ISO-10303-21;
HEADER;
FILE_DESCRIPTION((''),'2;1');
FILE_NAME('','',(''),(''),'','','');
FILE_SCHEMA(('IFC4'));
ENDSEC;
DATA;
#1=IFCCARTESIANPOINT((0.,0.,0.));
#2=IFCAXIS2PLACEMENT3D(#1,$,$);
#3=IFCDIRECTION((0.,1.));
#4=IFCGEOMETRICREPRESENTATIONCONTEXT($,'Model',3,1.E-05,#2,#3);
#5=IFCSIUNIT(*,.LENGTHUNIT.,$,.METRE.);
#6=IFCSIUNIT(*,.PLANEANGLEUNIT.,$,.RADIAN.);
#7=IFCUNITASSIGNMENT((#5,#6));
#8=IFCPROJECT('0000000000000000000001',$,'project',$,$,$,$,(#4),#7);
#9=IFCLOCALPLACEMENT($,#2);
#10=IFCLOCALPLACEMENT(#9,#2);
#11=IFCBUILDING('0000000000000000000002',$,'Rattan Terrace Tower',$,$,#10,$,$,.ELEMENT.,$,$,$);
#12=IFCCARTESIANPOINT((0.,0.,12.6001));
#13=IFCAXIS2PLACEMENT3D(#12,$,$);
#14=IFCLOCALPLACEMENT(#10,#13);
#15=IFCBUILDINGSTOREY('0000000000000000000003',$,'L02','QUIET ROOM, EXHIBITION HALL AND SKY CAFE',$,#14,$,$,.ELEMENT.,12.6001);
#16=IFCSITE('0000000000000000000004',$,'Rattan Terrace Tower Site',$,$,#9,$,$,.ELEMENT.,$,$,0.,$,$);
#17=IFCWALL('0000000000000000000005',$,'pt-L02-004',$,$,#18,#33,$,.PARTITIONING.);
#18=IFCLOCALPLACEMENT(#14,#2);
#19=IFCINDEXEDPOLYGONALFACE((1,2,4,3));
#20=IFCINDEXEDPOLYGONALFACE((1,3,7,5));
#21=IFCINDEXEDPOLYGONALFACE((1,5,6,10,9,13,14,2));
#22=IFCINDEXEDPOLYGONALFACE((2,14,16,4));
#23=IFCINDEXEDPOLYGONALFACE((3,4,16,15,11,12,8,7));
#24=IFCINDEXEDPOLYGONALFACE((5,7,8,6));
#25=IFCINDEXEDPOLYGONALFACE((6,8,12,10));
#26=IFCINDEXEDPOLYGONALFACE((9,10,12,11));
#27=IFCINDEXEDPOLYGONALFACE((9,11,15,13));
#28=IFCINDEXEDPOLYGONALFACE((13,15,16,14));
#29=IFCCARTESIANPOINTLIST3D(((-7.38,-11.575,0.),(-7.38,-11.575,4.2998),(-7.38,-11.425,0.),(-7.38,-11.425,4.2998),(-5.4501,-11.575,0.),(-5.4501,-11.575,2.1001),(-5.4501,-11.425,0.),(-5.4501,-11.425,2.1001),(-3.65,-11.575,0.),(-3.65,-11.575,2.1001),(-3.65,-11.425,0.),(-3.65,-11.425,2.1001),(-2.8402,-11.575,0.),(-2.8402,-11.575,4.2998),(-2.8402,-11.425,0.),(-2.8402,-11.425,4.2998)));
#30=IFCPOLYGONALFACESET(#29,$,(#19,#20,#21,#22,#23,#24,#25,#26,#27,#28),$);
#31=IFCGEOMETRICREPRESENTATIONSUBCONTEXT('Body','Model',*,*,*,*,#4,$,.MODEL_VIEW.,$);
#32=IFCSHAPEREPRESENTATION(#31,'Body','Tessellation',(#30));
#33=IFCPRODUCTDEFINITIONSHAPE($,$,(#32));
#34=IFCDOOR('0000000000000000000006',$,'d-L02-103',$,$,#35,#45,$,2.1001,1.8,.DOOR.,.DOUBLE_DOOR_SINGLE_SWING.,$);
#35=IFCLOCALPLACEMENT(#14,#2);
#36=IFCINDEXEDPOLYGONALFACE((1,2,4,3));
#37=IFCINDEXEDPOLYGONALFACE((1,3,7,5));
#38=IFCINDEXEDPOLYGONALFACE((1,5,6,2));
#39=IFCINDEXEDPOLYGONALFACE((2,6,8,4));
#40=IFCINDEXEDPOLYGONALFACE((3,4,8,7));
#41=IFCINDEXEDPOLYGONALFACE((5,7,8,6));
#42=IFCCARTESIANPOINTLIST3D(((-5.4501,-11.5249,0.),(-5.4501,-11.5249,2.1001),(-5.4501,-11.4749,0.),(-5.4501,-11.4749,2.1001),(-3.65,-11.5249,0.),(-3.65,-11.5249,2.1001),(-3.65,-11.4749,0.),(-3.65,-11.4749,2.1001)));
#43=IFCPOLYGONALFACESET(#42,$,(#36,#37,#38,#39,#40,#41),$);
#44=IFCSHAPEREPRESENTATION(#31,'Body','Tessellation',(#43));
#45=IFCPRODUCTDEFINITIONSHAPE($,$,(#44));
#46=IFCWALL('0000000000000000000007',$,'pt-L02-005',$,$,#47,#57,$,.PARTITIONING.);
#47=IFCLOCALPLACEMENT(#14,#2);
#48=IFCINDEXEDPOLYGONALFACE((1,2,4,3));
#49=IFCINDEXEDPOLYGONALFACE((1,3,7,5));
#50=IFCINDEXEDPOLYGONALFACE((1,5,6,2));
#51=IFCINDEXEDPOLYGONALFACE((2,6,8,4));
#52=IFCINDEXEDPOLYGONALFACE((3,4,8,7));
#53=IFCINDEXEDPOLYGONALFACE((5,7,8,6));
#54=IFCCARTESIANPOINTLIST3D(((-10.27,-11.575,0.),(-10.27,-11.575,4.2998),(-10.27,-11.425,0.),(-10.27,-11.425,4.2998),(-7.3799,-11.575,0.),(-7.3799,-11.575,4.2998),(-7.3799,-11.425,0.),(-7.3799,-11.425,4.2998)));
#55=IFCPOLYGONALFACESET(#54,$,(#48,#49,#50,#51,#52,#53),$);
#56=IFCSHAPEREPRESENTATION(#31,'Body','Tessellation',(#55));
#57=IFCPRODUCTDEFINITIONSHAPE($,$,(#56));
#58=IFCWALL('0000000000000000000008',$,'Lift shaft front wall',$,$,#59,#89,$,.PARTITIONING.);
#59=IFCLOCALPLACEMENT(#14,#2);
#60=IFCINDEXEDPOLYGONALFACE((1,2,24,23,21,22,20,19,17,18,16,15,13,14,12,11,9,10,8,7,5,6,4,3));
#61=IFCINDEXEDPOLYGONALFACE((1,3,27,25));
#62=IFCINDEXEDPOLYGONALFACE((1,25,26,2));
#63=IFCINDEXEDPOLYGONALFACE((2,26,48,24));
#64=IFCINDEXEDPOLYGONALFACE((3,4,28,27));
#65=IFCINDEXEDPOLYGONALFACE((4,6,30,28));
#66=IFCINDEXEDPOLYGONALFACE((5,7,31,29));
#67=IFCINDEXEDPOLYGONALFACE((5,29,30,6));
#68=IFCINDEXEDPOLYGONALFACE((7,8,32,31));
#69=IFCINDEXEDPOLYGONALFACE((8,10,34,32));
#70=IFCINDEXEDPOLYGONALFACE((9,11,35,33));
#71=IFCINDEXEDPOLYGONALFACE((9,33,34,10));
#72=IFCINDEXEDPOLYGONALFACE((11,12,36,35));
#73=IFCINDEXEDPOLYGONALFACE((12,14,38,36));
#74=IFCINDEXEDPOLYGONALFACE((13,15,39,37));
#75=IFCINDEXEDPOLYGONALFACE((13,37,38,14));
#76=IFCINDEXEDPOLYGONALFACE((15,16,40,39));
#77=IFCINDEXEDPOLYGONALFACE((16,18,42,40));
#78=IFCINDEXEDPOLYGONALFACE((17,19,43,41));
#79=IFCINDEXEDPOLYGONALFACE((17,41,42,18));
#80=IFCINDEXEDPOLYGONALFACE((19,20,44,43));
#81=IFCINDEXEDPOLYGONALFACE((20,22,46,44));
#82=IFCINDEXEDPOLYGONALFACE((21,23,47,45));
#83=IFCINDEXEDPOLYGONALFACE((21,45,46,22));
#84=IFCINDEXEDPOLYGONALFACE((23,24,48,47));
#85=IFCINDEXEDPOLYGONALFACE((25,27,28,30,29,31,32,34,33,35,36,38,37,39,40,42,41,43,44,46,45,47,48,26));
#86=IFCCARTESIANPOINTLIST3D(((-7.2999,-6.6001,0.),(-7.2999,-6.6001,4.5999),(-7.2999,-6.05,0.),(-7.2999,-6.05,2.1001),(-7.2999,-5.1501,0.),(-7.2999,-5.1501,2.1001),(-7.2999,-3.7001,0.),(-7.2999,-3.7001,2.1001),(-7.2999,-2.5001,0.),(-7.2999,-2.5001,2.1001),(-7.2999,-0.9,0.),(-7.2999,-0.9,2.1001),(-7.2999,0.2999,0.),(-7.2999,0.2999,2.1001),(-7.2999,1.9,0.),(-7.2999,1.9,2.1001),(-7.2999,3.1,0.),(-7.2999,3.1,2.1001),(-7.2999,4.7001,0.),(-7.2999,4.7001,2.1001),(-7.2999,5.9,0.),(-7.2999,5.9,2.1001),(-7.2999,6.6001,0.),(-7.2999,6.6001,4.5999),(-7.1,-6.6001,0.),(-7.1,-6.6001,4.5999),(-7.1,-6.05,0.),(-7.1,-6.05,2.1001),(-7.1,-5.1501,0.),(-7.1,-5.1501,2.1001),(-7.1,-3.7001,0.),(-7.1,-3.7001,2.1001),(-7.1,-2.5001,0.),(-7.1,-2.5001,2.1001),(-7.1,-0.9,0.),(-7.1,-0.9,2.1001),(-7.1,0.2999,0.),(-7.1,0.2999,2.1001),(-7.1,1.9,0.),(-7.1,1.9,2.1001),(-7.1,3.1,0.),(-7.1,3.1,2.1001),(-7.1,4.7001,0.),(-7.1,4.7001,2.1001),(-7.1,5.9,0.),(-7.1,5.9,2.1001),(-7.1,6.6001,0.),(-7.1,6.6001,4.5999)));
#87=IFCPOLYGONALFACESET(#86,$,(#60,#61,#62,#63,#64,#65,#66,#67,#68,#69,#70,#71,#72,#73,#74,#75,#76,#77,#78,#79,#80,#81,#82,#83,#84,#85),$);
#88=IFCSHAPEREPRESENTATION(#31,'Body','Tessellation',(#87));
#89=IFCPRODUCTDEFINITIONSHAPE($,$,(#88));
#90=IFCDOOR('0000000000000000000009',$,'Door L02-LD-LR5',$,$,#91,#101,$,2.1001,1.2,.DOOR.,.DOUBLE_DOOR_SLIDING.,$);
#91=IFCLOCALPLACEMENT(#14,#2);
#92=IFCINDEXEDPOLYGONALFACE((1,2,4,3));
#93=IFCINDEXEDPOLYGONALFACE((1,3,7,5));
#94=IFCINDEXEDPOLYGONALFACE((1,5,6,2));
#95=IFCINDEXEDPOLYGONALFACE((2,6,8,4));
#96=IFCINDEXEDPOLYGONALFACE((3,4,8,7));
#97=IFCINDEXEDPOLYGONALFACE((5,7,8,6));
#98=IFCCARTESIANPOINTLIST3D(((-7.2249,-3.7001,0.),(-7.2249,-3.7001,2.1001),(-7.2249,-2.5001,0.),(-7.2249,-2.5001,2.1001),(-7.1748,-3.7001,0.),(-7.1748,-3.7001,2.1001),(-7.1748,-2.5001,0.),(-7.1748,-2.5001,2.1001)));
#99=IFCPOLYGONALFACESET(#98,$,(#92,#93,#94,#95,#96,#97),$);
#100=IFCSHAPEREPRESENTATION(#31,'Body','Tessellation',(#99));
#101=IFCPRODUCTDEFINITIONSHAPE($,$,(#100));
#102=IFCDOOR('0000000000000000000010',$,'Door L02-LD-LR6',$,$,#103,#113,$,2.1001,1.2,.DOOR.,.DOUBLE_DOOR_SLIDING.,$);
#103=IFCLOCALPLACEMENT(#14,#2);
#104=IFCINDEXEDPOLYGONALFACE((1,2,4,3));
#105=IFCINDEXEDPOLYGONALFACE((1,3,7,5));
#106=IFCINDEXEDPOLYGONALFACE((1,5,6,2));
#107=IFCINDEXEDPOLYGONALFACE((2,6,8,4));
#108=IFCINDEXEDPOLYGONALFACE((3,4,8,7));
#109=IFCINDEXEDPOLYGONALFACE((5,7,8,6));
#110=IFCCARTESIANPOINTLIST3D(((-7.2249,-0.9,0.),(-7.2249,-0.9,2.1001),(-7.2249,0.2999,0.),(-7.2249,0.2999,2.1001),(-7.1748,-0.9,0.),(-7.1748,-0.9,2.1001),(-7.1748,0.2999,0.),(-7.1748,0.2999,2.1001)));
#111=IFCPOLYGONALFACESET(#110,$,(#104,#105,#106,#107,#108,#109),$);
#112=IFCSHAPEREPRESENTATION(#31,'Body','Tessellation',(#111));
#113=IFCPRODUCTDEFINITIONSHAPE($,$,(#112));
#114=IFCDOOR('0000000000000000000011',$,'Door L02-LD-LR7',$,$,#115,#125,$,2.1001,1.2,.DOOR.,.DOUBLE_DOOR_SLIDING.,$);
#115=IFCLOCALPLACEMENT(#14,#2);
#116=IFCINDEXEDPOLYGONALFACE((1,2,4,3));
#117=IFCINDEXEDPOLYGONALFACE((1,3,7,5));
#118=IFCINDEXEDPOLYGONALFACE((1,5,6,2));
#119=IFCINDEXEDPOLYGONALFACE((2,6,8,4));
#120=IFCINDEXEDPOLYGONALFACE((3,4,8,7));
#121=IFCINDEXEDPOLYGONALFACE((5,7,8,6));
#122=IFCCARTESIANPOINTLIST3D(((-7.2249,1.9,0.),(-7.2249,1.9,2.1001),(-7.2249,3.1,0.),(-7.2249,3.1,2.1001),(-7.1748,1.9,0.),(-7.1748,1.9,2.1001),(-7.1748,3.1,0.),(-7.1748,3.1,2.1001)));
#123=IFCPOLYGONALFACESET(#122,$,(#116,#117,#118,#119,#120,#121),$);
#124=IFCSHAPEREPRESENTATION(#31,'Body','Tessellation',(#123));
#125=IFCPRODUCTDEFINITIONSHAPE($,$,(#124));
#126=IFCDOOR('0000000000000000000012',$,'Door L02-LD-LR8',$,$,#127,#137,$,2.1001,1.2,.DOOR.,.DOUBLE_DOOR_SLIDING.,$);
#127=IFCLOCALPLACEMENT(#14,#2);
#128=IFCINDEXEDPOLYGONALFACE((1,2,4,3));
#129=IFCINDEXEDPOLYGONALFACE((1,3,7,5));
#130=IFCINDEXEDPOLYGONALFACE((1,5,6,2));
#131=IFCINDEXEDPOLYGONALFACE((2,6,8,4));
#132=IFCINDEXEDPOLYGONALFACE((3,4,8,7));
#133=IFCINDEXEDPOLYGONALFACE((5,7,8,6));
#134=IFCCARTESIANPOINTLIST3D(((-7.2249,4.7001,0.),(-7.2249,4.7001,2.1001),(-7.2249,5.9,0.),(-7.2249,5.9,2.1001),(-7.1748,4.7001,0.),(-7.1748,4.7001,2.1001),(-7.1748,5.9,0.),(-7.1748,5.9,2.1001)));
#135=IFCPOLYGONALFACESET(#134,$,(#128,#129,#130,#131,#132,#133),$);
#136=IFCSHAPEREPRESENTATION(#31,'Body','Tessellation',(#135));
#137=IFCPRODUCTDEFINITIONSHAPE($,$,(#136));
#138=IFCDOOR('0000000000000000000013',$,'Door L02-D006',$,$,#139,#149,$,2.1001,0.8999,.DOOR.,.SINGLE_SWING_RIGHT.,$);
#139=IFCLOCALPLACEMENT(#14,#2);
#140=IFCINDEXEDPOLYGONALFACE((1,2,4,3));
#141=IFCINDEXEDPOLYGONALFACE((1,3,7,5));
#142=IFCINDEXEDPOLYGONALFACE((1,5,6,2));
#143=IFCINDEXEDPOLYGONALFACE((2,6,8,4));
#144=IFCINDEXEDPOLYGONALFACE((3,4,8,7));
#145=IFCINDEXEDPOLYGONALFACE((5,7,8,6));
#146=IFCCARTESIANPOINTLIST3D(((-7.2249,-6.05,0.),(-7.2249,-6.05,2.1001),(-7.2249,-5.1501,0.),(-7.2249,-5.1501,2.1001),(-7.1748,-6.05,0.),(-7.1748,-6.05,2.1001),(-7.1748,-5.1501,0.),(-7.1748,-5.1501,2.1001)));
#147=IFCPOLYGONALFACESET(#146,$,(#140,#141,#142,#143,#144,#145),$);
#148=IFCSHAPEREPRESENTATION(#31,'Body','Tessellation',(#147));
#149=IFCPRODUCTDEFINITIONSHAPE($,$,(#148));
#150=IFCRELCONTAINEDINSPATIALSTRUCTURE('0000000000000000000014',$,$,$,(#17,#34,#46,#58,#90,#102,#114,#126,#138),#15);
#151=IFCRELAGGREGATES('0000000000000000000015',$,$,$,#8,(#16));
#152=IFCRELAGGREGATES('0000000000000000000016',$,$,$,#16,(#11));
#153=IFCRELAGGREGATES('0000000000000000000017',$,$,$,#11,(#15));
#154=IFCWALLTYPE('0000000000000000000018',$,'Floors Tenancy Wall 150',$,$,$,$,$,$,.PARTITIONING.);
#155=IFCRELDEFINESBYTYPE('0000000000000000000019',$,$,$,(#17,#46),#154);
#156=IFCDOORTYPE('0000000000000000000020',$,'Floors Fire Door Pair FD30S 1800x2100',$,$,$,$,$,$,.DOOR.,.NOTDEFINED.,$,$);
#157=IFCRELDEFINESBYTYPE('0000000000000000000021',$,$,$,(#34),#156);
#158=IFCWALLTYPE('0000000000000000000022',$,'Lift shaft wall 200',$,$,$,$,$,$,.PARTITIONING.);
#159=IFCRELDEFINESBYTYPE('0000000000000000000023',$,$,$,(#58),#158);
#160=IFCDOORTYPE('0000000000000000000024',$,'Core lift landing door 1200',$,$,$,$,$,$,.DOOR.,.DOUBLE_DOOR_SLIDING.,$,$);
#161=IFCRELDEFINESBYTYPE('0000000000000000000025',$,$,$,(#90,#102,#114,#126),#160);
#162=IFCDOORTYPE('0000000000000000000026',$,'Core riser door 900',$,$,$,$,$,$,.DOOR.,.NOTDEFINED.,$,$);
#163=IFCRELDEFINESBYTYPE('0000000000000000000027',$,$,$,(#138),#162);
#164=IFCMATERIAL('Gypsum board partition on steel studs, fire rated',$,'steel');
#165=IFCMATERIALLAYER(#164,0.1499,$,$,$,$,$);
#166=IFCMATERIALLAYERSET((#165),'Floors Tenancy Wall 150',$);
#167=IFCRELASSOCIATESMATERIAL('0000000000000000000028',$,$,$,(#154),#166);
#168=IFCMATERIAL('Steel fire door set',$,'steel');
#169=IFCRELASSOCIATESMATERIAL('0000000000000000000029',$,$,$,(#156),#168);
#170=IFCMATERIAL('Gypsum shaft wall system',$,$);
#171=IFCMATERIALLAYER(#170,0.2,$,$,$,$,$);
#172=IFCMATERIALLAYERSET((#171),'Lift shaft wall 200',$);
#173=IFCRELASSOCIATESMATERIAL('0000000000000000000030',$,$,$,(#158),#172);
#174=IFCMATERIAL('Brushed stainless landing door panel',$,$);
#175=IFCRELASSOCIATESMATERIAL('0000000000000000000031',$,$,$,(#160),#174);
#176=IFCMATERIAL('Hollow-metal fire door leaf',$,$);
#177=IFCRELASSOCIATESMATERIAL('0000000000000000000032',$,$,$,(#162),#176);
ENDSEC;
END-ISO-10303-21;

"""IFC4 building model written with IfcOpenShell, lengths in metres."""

from ifc_helpers import new_model, si_unit, direction, frame, frame_2d, origin, place, context, subcontext, project, spatial, rectangle, extrude, material, layer, layer_set, type_object, element, fill, save


model = new_model("IFC4")

# Units and contexts
model_context = context("Model", 3, precision=1e-05, world=origin(), true_north=direction((0.0, 1.0)))
body_context = subcontext(model_context, "Body", "Model", "MODEL_VIEW")
ifc_project = project(units=[si_unit("LENGTHUNIT", "METRE"), si_unit("PLANEANGLEUNIT", "RADIAN")], contexts=[model_context])

# Site, building, storey
site_placement = place(None, origin())
site = spatial("IfcSite", under=ifc_project, at=site_placement, Name="Rattan Terrace Tower Site", CompositionType="ELEMENT", RefElevation=0.0)
building_placement = place(site_placement, origin())
building = spatial("IfcBuilding", under=site, at=building_placement, Name="Rattan Terrace Tower", CompositionType="ELEMENT")
storey_placement = place(building_placement, frame((0.0, 0.0, 12.6001)))
storey = spatial("IfcBuildingStorey", under=building, at=storey_placement, Name="L02", Description="QUIET ROOM, EXHIBITION HALL AND SKY CAFE", CompositionType="ELEMENT", Elevation=12.6001)

# Wall, opening, door
ifc_material_1 = material(Name="Gypsum board partition on steel studs, fire rated", Category="steel")
ifc_layer_1 = layer(ifc_material_1, 0.1499)
ifc_layer_set_1 = layer_set([ifc_layer_1], Name="Floors Tenancy Wall 150")
wall_type_1 = type_object("IfcWallType", Name="Floors Tenancy Wall 150", PredefinedType="PARTITIONING", material=ifc_layer_set_1)
wall_1_placement = place(storey_placement, frame((-2.8401, -11.5, 0.0), z_axis=(0.0, 0.0, 1.0), x_axis=(-1.0, 0.0, 0.0)))
wall_1 = element("IfcWall", 1, at=wall_1_placement, inside=storey, type_object=wall_type_1, Name="pt-L02-004", PredefinedType="PARTITIONING", context=body_context, shape_type="SweptSolid", body=[
    extrude(rectangle(XDim=4.5398, YDim=0.1499, at=frame_2d((2.27, 0.0))), origin(), (0.0, 0.0, 1.0), 4.2998),
])
opening_1_placement = place(wall_1_placement, frame((0.8101, 0.0, 0.0)))
opening_1 = element("IfcOpeningElement", 2, at=opening_1_placement, cuts=wall_1, PredefinedType="OPENING", context=body_context, shape_type="SweptSolid", body=[
    extrude(rectangle(XDim=1.8, YDim=2.1001, at=frame_2d((0.8999, 1.05))), frame((0.0, 0.0854, 0.0), z_axis=(0.0, -1.0, 0.0), x_axis=(1.0, 0.0, 0.0)), (0.0, 0.0, 1.0), 0.1709),
])
ifc_material_2 = material(Name="Steel fire door set", Category="steel")
door_type_1 = type_object("IfcDoorType", Name="Floors Fire Door Pair FD30S 1800x2100", OperationType="NOTDEFINED", PredefinedType="DOOR", material=ifc_material_2)
door_1_placement = place(opening_1_placement, origin())
door_1 = element("IfcDoor", 3, at=door_1_placement, inside=storey, type_object=door_type_1, Name="d-L02-103", OperationType="DOUBLE_DOOR_SINGLE_SWING", OverallHeight=2.1001, OverallWidth=1.8, PredefinedType="DOOR", context=body_context, shape_type="SweptSolid", body=[
    extrude(rectangle(XDim=1.8, YDim=2.1001, at=frame_2d((0.8999, 1.05))), frame((0.0, 0.0249, 0.0), z_axis=(0.0, -1.0, 0.0), x_axis=(1.0, 0.0, 0.0)), (0.0, 0.0, 1.0), 0.05),
])
fill(opening_1, door_1)

# Wall
wall_2_placement = place(storey_placement, frame((-7.3799, -11.5, 0.0), z_axis=(0.0, 0.0, 1.0), x_axis=(-1.0, 0.0, 0.0)))
element("IfcWall", 4, at=wall_2_placement, inside=storey, type_object=wall_type_1, Name="pt-L02-005", PredefinedType="PARTITIONING", context=body_context, shape_type="SweptSolid", body=[
    extrude(rectangle(XDim=2.8901, YDim=0.1499, at=frame_2d((1.4451, 0.0))), origin(), (0.0, 0.0, 1.0), 4.2998),
])

# Wall, openings, doors
ifc_material_3 = material(Name="Gypsum shaft wall system")
ifc_layer_2 = layer(ifc_material_3, 0.2)
ifc_layer_set_2 = layer_set([ifc_layer_2], Name="Lift shaft wall 200")
wall_type_2 = type_object("IfcWallType", Name="Lift shaft wall 200", PredefinedType="PARTITIONING", material=ifc_layer_set_2)
wall_3_placement = place(storey_placement, frame((-7.2, -6.6001, 0.0), z_axis=(0.0, 0.0, 1.0), x_axis=(0.0, 1.0, 0.0)))
wall_3 = element("IfcWall", 5, at=wall_3_placement, inside=storey, type_object=wall_type_2, Name="Lift shaft front wall", PredefinedType="PARTITIONING", context=body_context, shape_type="SweptSolid", body=[
    extrude(rectangle(XDim=13.2002, YDim=0.2, at=frame_2d((6.6001, 0.0))), origin(), (0.0, 0.0, 1.0), 4.5999),
])
opening_2_placement = place(wall_3_placement, frame((0.55, 0.0, 0.0)))
opening_2 = element("IfcOpeningElement", 6, at=opening_2_placement, cuts=wall_3, PredefinedType="OPENING", context=body_context, shape_type="SweptSolid", body=[
    extrude(rectangle(XDim=0.8999, YDim=2.1001, at=frame_2d((0.45, 1.05))), frame((0.0, 0.1106, 0.0), z_axis=(0.0, -1.0, 0.0), x_axis=(1.0, 0.0, 0.0)), (0.0, 0.0, 1.0), 0.2209),
])
opening_3_placement = place(wall_3_placement, frame((2.8999, 0.0, 0.0)))
opening_3 = element("IfcOpeningElement", 7, at=opening_3_placement, cuts=wall_3, PredefinedType="OPENING", context=body_context, shape_type="SweptSolid", body=[
    extrude(rectangle(XDim=1.2, YDim=2.1001, at=frame_2d((0.6001, 1.05))), frame((0.0, 0.1106, 0.0), z_axis=(0.0, -1.0, 0.0), x_axis=(1.0, 0.0, 0.0)), (0.0, 0.0, 1.0), 0.2209),
])
opening_4_placement = place(wall_3_placement, frame((5.7, 0.0, 0.0)))
opening_4 = element("IfcOpeningElement", 8, at=opening_4_placement, cuts=wall_3, PredefinedType="OPENING", context=body_context, shape_type="SweptSolid", body=[
    extrude(rectangle(XDim=1.2, YDim=2.1001, at=frame_2d((0.6001, 1.05))), frame((0.0, 0.1106, 0.0), z_axis=(0.0, -1.0, 0.0), x_axis=(1.0, 0.0, 0.0)), (0.0, 0.0, 1.0), 0.2209),
])
opening_5_placement = place(wall_3_placement, frame((8.5, 0.0, 0.0)))
opening_5 = element("IfcOpeningElement", 9, at=opening_5_placement, cuts=wall_3, PredefinedType="OPENING", context=body_context, shape_type="SweptSolid", body=[
    extrude(rectangle(XDim=1.2, YDim=2.1001, at=frame_2d((0.6001, 1.05))), frame((0.0, 0.1106, 0.0), z_axis=(0.0, -1.0, 0.0), x_axis=(1.0, 0.0, 0.0)), (0.0, 0.0, 1.0), 0.2209),
])
opening_6_placement = place(wall_3_placement, frame((11.3, 0.0, 0.0)))
opening_6 = element("IfcOpeningElement", 10, at=opening_6_placement, cuts=wall_3, PredefinedType="OPENING", context=body_context, shape_type="SweptSolid", body=[
    extrude(rectangle(XDim=1.2, YDim=2.1001, at=frame_2d((0.6001, 1.05))), frame((0.0, 0.1106, 0.0), z_axis=(0.0, -1.0, 0.0), x_axis=(1.0, 0.0, 0.0)), (0.0, 0.0, 1.0), 0.2209),
])
ifc_material_4 = material(Name="Brushed stainless landing door panel")
door_type_2 = type_object("IfcDoorType", Name="Core lift landing door 1200", OperationType="DOUBLE_DOOR_SLIDING", PredefinedType="DOOR", material=ifc_material_4)
door_2_placement = place(opening_3_placement, origin())
door_2 = element("IfcDoor", 11, at=door_2_placement, inside=storey, type_object=door_type_2, Name="Door L02-LD-LR5", OperationType="DOUBLE_DOOR_SLIDING", OverallHeight=2.1001, OverallWidth=1.2, PredefinedType="DOOR", context=body_context, shape_type="SweptSolid", body=[
    extrude(rectangle(XDim=1.2, YDim=2.1001, at=frame_2d((0.6001, 1.05))), frame((0.0, 0.0249, 0.0), z_axis=(0.0, -1.0, 0.0), x_axis=(1.0, 0.0, 0.0)), (0.0, 0.0, 1.0), 0.05),
])
fill(opening_3, door_2)
door_3_placement = place(opening_4_placement, origin())
door_3 = element("IfcDoor", 12, at=door_3_placement, inside=storey, type_object=door_type_2, Name="Door L02-LD-LR6", OperationType="DOUBLE_DOOR_SLIDING", OverallHeight=2.1001, OverallWidth=1.2, PredefinedType="DOOR", context=body_context, shape_type="SweptSolid", body=[
    extrude(rectangle(XDim=1.2, YDim=2.1001, at=frame_2d((0.6001, 1.05))), frame((0.0, 0.0249, 0.0), z_axis=(0.0, -1.0, 0.0), x_axis=(1.0, 0.0, 0.0)), (0.0, 0.0, 1.0), 0.05),
])
fill(opening_4, door_3)
door_4_placement = place(opening_5_placement, origin())
door_4 = element("IfcDoor", 13, at=door_4_placement, inside=storey, type_object=door_type_2, Name="Door L02-LD-LR7", OperationType="DOUBLE_DOOR_SLIDING", OverallHeight=2.1001, OverallWidth=1.2, PredefinedType="DOOR", context=body_context, shape_type="SweptSolid", body=[
    extrude(rectangle(XDim=1.2, YDim=2.1001, at=frame_2d((0.6001, 1.05))), frame((0.0, 0.0249, 0.0), z_axis=(0.0, -1.0, 0.0), x_axis=(1.0, 0.0, 0.0)), (0.0, 0.0, 1.0), 0.05),
])
fill(opening_5, door_4)
door_5_placement = place(opening_6_placement, origin())
door_5 = element("IfcDoor", 14, at=door_5_placement, inside=storey, type_object=door_type_2, Name="Door L02-LD-LR8", OperationType="DOUBLE_DOOR_SLIDING", OverallHeight=2.1001, OverallWidth=1.2, PredefinedType="DOOR", context=body_context, shape_type="SweptSolid", body=[
    extrude(rectangle(XDim=1.2, YDim=2.1001, at=frame_2d((0.6001, 1.05))), frame((0.0, 0.0249, 0.0), z_axis=(0.0, -1.0, 0.0), x_axis=(1.0, 0.0, 0.0)), (0.0, 0.0, 1.0), 0.05),
])
fill(opening_6, door_5)
ifc_material_5 = material(Name="Hollow-metal fire door leaf")
door_type_3 = type_object("IfcDoorType", Name="Core riser door 900", OperationType="NOTDEFINED", PredefinedType="DOOR", material=ifc_material_5)
door_6_placement = place(opening_2_placement, origin())
door_6 = element("IfcDoor", 15, at=door_6_placement, inside=storey, type_object=door_type_3, Name="Door L02-D006", OperationType="SINGLE_SWING_RIGHT", OverallHeight=2.1001, OverallWidth=0.8999, PredefinedType="DOOR", context=body_context, shape_type="SweptSolid", body=[
    extrude(rectangle(XDim=0.8999, YDim=2.1001, at=frame_2d((0.45, 1.05))), frame((0.0, 0.0249, 0.0), z_axis=(0.0, -1.0, 0.0), x_axis=(1.0, 0.0, 0.0)), (0.0, 0.0, 1.0), 0.05),
])
fill(opening_2, door_6)

save(model, "model.ifc")
